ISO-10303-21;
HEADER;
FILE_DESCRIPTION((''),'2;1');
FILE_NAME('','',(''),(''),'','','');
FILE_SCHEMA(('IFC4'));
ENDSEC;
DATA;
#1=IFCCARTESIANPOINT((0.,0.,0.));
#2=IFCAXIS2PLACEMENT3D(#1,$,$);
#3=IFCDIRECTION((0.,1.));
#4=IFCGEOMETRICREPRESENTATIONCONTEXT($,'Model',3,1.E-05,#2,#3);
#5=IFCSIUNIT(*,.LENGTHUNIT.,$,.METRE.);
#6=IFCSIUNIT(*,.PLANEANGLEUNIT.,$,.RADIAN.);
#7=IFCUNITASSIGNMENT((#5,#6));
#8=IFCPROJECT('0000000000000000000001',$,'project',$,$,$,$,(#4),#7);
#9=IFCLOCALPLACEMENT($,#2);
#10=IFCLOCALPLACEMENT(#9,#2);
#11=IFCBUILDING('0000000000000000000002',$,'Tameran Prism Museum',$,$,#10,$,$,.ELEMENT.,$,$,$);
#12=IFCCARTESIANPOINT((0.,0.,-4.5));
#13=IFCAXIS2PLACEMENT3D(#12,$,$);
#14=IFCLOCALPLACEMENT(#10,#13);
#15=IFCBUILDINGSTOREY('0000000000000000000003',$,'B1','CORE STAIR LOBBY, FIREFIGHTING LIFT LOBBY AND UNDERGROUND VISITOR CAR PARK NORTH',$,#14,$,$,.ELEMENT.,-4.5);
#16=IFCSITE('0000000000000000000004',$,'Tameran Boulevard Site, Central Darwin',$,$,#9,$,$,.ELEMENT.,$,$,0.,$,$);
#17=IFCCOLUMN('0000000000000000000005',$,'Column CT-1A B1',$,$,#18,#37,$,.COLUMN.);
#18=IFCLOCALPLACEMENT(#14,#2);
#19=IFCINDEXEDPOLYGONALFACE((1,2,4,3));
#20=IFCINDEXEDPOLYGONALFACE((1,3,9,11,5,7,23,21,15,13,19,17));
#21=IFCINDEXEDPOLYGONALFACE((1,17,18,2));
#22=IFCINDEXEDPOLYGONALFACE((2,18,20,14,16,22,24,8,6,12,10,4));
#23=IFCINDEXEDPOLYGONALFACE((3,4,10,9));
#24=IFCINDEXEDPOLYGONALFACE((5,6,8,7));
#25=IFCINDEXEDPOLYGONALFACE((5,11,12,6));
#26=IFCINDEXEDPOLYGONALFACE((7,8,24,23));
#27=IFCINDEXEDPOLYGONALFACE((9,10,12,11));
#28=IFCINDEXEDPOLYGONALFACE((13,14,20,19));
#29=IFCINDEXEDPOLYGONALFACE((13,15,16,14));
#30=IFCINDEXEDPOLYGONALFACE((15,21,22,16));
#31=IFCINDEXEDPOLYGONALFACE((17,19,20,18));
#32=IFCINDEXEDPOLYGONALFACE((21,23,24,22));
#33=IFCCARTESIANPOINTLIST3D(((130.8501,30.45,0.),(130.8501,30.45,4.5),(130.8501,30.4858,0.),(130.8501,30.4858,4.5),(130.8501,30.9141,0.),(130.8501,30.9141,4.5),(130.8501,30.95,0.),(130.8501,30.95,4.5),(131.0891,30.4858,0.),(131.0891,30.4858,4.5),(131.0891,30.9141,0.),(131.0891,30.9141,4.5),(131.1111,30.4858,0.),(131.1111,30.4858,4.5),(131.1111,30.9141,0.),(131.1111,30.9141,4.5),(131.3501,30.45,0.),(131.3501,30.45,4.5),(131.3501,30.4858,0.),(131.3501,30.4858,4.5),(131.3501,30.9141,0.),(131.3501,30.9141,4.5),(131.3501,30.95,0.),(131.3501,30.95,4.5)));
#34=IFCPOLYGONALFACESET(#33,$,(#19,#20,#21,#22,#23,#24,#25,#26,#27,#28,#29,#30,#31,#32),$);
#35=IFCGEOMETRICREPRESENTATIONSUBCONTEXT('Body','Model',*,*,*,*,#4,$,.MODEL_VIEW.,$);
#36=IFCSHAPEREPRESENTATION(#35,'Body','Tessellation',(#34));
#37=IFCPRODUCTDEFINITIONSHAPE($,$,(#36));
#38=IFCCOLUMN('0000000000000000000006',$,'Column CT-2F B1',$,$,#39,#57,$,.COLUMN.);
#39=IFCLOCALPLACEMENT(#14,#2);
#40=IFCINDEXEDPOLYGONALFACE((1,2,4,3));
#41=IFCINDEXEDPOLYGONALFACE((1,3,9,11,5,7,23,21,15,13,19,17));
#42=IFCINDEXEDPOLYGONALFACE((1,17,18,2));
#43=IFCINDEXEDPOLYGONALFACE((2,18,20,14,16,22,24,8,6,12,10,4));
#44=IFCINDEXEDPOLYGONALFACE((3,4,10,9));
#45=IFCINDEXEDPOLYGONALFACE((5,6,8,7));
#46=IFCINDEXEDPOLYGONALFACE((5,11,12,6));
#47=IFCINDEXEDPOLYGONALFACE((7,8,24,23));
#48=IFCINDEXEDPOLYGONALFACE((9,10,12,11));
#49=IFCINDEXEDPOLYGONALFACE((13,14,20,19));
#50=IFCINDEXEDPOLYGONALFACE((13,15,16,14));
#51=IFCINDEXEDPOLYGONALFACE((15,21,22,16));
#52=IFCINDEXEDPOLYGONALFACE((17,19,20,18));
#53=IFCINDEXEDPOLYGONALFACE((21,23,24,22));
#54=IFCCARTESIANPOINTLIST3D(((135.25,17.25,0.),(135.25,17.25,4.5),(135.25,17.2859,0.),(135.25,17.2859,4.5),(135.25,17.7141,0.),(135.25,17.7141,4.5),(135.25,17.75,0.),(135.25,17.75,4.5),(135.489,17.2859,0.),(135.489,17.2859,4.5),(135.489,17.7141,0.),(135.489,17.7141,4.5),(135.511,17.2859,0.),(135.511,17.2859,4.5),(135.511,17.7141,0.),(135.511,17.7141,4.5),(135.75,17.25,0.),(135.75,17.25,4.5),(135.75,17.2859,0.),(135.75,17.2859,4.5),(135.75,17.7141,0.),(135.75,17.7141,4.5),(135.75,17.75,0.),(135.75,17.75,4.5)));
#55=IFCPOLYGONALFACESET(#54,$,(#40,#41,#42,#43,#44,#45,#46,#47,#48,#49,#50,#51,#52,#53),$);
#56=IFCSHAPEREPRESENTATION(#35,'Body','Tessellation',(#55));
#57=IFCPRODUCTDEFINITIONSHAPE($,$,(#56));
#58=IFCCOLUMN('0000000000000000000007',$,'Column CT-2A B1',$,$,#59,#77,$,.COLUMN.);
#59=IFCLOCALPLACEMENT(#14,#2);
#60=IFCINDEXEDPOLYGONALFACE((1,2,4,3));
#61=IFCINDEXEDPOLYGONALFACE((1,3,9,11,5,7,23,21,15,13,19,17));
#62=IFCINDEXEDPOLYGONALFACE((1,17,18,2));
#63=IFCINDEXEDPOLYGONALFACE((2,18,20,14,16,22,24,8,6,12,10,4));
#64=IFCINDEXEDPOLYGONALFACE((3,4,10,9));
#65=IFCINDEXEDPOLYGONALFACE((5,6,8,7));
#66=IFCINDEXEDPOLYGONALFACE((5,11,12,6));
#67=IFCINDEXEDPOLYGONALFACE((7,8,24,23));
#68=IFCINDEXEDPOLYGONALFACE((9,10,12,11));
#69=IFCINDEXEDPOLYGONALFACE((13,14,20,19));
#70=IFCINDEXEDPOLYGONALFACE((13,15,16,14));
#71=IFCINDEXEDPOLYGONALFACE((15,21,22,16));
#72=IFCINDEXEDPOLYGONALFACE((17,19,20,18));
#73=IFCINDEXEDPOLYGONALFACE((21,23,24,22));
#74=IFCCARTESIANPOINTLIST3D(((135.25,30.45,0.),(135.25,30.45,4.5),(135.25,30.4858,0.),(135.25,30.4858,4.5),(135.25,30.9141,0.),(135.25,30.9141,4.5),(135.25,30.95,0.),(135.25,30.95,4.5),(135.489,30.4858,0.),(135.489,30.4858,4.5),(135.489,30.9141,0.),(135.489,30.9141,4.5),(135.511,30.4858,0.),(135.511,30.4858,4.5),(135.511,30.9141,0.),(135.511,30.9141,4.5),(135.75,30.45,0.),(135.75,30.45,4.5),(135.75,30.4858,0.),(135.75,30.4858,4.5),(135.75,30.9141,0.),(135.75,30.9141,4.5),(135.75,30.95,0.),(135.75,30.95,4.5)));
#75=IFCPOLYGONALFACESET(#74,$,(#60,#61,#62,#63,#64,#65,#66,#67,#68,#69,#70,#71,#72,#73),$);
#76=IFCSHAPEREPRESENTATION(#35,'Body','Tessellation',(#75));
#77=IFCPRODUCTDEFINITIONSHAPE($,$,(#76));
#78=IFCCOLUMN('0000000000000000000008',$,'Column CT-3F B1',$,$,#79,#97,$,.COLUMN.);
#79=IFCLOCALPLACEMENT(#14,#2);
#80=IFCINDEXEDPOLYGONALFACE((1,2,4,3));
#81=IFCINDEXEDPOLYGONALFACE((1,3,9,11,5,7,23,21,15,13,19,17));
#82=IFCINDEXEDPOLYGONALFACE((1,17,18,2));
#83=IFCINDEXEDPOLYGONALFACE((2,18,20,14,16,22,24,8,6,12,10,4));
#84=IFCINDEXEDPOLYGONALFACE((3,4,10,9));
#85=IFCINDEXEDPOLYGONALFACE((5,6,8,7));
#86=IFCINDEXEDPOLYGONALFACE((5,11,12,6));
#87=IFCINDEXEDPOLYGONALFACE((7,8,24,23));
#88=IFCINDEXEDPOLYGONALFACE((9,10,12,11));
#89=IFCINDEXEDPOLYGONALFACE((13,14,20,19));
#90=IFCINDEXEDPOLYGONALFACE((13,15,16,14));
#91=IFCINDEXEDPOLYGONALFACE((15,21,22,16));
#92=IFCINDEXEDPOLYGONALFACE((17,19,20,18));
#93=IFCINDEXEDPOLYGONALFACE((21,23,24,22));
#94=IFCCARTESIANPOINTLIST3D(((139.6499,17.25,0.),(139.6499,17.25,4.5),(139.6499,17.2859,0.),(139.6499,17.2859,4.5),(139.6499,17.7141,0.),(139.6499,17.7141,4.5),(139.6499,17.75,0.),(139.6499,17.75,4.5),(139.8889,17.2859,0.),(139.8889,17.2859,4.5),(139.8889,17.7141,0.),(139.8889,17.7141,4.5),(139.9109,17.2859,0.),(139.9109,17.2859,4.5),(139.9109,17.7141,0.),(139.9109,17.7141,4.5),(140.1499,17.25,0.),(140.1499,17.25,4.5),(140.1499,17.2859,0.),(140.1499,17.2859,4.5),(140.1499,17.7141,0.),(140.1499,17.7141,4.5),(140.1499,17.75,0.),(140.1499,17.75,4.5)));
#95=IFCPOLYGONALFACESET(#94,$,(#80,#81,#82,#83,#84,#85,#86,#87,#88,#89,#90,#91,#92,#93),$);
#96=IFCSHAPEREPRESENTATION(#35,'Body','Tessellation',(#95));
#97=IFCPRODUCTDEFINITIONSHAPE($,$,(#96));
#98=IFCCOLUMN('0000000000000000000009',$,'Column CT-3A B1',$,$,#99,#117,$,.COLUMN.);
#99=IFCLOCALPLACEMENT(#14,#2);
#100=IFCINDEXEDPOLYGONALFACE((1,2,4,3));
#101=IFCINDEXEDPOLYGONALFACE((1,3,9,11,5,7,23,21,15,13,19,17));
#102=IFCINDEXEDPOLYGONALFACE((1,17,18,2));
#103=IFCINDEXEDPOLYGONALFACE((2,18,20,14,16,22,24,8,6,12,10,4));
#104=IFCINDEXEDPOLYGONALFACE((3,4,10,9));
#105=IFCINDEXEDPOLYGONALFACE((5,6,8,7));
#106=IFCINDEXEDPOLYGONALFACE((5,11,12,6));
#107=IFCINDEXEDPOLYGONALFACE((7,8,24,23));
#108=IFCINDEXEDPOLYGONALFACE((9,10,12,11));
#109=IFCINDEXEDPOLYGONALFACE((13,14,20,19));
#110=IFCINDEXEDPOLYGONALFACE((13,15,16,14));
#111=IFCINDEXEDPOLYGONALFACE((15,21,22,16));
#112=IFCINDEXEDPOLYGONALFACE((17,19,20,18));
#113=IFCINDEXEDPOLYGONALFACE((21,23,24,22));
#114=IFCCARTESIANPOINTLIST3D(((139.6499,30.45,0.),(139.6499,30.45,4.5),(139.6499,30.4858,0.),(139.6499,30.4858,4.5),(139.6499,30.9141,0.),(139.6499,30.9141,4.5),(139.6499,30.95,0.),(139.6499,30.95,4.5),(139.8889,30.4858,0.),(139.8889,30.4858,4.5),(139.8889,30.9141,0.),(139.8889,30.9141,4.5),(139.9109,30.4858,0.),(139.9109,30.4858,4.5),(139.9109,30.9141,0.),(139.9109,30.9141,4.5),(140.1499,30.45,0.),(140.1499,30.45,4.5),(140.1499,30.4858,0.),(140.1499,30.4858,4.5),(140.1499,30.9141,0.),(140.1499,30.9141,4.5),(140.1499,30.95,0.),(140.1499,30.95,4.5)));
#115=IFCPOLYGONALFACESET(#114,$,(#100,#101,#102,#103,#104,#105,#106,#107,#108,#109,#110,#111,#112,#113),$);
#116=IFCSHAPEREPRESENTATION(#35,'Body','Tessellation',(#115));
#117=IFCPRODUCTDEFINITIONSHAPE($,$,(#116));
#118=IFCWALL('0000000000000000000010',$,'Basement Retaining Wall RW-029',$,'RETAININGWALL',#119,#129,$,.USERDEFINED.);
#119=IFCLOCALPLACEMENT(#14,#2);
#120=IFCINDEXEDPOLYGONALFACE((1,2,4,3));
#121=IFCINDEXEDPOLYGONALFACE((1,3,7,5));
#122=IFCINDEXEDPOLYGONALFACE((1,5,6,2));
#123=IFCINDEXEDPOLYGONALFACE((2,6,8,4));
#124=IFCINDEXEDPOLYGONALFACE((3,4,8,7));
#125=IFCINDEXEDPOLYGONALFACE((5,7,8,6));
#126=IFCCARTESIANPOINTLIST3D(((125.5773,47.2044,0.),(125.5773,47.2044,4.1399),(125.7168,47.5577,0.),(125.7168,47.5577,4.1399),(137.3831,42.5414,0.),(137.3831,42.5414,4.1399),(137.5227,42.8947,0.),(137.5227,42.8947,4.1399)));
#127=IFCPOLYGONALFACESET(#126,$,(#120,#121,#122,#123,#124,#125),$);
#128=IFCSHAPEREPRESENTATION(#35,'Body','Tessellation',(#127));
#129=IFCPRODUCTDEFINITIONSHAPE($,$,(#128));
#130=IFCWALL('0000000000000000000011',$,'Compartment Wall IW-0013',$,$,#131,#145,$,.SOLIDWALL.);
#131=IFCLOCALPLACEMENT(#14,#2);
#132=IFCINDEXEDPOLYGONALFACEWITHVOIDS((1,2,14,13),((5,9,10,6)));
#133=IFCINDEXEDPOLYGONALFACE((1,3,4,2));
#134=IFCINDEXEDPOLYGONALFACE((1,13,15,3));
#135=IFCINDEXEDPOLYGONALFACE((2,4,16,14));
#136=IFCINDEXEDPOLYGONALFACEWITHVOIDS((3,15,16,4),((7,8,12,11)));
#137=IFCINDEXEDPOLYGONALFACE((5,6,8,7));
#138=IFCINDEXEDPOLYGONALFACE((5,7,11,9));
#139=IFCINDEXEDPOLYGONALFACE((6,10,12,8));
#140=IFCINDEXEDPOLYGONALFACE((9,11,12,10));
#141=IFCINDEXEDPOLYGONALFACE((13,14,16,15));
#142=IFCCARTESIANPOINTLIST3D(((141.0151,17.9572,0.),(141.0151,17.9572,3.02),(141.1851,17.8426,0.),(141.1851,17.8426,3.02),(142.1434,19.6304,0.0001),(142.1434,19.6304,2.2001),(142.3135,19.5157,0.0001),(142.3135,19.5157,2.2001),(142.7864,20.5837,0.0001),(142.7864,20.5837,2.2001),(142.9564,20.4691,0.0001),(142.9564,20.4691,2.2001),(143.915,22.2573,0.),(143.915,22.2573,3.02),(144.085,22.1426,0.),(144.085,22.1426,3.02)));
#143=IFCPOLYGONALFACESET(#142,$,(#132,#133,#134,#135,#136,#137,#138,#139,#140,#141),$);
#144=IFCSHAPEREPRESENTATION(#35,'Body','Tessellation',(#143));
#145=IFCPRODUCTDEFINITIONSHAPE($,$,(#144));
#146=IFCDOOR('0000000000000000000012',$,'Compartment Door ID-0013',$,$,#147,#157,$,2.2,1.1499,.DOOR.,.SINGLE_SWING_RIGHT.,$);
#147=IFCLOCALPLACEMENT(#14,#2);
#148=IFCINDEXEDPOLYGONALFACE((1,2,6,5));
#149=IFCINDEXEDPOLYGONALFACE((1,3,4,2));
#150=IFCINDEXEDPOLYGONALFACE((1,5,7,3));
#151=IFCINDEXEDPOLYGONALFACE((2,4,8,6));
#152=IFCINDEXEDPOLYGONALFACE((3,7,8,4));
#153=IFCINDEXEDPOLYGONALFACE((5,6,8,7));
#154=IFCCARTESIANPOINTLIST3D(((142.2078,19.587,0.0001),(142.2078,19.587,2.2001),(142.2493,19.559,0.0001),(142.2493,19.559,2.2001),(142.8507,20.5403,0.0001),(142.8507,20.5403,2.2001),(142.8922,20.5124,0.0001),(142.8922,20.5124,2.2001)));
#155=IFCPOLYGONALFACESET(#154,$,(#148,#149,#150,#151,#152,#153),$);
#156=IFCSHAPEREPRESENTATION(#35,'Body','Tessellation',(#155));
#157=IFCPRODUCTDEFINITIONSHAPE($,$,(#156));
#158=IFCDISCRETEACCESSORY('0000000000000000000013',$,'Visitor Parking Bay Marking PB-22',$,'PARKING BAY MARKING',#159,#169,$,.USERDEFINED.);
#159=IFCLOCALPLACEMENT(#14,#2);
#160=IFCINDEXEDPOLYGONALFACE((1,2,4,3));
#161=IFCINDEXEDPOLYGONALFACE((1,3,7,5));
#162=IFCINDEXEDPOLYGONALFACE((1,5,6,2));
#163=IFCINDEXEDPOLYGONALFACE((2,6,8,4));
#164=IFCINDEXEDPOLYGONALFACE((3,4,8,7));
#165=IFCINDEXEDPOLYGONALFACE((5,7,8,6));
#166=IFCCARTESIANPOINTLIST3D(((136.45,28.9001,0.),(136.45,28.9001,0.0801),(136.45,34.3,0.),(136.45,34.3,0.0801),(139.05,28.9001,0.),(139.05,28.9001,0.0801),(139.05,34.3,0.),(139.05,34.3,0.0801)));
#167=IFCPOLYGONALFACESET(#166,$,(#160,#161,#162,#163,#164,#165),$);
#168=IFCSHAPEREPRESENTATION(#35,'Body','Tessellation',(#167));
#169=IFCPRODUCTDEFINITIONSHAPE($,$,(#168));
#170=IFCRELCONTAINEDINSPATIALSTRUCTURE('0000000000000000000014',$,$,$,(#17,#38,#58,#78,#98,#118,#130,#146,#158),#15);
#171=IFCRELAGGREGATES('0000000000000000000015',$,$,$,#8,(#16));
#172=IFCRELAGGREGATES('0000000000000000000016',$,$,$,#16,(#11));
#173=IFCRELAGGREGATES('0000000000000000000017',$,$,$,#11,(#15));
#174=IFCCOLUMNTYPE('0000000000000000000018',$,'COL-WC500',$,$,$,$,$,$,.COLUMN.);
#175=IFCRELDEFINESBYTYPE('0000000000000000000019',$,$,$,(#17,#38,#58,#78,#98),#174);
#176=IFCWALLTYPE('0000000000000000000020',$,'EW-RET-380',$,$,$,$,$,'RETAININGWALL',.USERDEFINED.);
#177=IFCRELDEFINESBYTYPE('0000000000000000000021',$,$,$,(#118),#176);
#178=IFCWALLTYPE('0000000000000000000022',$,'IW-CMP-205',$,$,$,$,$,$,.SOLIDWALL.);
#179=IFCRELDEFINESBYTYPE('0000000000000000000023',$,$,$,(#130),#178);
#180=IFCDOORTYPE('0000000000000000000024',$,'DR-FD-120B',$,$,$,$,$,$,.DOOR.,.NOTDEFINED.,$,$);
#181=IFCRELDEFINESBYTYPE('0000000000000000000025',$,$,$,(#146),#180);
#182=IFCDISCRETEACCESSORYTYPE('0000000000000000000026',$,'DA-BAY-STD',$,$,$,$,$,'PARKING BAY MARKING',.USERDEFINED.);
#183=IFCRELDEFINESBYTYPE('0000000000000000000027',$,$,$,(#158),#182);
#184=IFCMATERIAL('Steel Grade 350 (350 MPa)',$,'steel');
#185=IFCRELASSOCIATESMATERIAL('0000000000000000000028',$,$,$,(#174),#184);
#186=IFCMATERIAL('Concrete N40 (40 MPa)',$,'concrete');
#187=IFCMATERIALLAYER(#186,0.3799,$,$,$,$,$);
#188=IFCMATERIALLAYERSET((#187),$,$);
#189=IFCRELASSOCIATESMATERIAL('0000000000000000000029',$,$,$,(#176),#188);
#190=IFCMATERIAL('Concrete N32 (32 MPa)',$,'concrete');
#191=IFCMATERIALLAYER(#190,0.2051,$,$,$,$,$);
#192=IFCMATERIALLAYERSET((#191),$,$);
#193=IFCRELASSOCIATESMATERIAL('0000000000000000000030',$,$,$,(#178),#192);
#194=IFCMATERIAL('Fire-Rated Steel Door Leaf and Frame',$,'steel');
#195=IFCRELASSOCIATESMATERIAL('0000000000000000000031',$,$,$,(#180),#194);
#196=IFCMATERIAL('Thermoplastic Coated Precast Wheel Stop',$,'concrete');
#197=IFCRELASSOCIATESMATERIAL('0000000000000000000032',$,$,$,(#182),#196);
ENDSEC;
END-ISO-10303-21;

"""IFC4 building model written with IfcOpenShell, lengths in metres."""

from ifc_helpers import new_model, si_unit, direction, frame, frame_2d, origin, origin_2d, place, context, subcontext, project, spatial, rectangle, i_section, extrude, material, layer, layer_set, material_profile, profile_set, type_object, element, fill, save


model = new_model("IFC4")

# Units and contexts
model_context = context("Model", 3, precision=1e-05, world=origin(), true_north=direction((0.0, 1.0)))
body_context = subcontext(model_context, "Body", "Model", "MODEL_VIEW")
ifc_project = project(units=[si_unit("LENGTHUNIT", "METRE"), si_unit("PLANEANGLEUNIT", "RADIAN")], contexts=[model_context])

# Site, building, storey
site_placement = place(None, origin())
site = spatial("IfcSite", under=ifc_project, at=site_placement, Name="Tameran Boulevard Site, Central Darwin", CompositionType="ELEMENT", RefElevation=0.0)
building_placement = place(site_placement, origin())
building = spatial("IfcBuilding", under=site, at=building_placement, Name="Tameran Prism Museum", CompositionType="ELEMENT")
storey_placement = place(building_placement, frame((0.0, 0.0, -4.5)))
storey = spatial("IfcBuildingStorey", under=building, at=storey_placement, Name="B1", Description="CORE STAIR LOBBY, FIREFIGHTING LIFT LOBBY AND UNDERGROUND VISITOR CAR PARK NORTH", CompositionType="ELEMENT", Elevation=-4.5)

# Columns
ifc_material_1 = material(Name="Steel Grade 350 (350 MPa)", Category="steel")
ifc_material_profile_1 = material_profile(ifc_material_1, i_section(OverallWidth=0.5, OverallDepth=0.5, WebThickness=0.022, FlangeThickness=0.0359, at=origin_2d()))
ifc_profile_set_1 = profile_set([ifc_material_profile_1])
column_type_1 = type_object("IfcColumnType", Name="COL-WC500", PredefinedType="COLUMN", material=ifc_profile_set_1)
for number, where, z_axis, x_axis, name in (
    (1, (131.1001, 30.7, 0.0), (0.0, 0.0, 1.0), (1.0, 0.0, 0.0), "Column CT-1A B1"),
    (2, (135.5, 17.5, 0.0), (0.0, 0.0, 1.0), (1.0, 0.0, 0.0), "Column CT-2F B1"),
    (3, (135.5, 30.7, 0.0), (0.0, 0.0, 1.0), (1.0, 0.0, 0.0), "Column CT-2A B1"),
    (4, (139.8999, 17.5, 0.0), (0.0, 0.0, 1.0), (1.0, 0.0, 0.0), "Column CT-3F B1"),
    (5, (139.8999, 30.7, 0.0), (0.0, 0.0, 1.0), (1.0, 0.0, 0.0), "Column CT-3A B1"),
):
    element("IfcColumn", number, at=place(storey_placement, frame(where, z_axis=z_axis, x_axis=x_axis)), inside=storey, type_object=column_type_1, Name=name, PredefinedType="COLUMN", context=body_context, shape_type="SweptSolid", body=[
        extrude(i_section(OverallWidth=0.5, OverallDepth=0.5, WebThickness=0.022, FlangeThickness=0.0359, at=origin_2d()), origin(), (0.0, 0.0, 1.0), 4.5),
    ])

# Wall
ifc_material_2 = material(Name="Concrete N40 (40 MPa)", Category="concrete")
ifc_layer_1 = layer(ifc_material_2, 0.3799)
ifc_layer_set_1 = layer_set([ifc_layer_1])
wall_type_1 = type_object("IfcWallType", Name="EW-RET-380", ElementType="RETAININGWALL", PredefinedType="USERDEFINED", material=ifc_layer_set_1)
wall_1_placement = place(storey_placement, frame((137.4529, 42.718, 0.0), z_axis=(0.0, 0.0, 1.0), x_axis=(-0.930078, 0.367361, 0.0)))
element("IfcWall", 6, at=wall_1_placement, inside=storey, type_object=wall_type_1, Name="Basement Retaining Wall RW-029", ObjectType="RETAININGWALL", PredefinedType="USERDEFINED", context=body_context, shape_type="SweptSolid", body=[
    extrude(rectangle(XDim=12.6934, YDim=0.3799, at=frame_2d((6.3467, 0.0))), origin(), (0.0, 0.0, 1.0), 4.1399),
])

# Wall, opening, door
ifc_material_3 = material(Name="Concrete N32 (32 MPa)", Category="concrete")
ifc_layer_2 = layer(ifc_material_3, 0.2051)
ifc_layer_set_2 = layer_set([ifc_layer_2])
wall_type_2 = type_object("IfcWallType", Name="IW-CMP-205", PredefinedType="SOLIDWALL", material=ifc_layer_set_2)
wall_2_placement = place(storey_placement, frame((141.1001, 17.8999, 0.0), z_axis=(0.0, 0.0, 1.0), x_axis=(0.559124, 0.829084, 0.0)))
wall_2 = element("IfcWall", 7, at=wall_2_placement, inside=storey, type_object=wall_type_2, Name="Compartment Wall IW-0013", PredefinedType="SOLIDWALL", context=body_context, shape_type="SweptSolid", body=[
    extrude(rectangle(XDim=5.1865, YDim=0.2051, at=frame_2d((2.5933, 0.0))), origin(), (0.0, 0.0, 1.0), 3.02),
])
opening_placement = place(wall_2_placement, frame((2.0181, 0.0, 0.0)))
opening = element("IfcOpeningElement", 8, at=opening_placement, cuts=wall_2, PredefinedType="OPENING", context=body_context, shape_type="SweptSolid", body=[
    extrude(rectangle(XDim=1.1499, YDim=2.2, at=frame_2d((0.575, 1.1001))), frame((0.0, 0.1125, 0.0), z_axis=(0.0, -1.0, 0.0), x_axis=(1.0, 0.0, 0.0)), (0.0, 0.0, 1.0), 0.2251),
])
ifc_material_4 = material(Name="Fire-Rated Steel Door Leaf and Frame", Category="steel")
door_type = type_object("IfcDoorType", Name="DR-FD-120B", OperationType="NOTDEFINED", PredefinedType="DOOR", material=ifc_material_4)
door_placement = place(opening_placement, origin())
door = element("IfcDoor", 9, at=door_placement, inside=storey, type_object=door_type, Name="Compartment Door ID-0013", OperationType="SINGLE_SWING_RIGHT", OverallHeight=2.2, OverallWidth=1.1499, PredefinedType="DOOR", context=body_context, shape_type="SweptSolid", body=[
    extrude(rectangle(XDim=1.1499, YDim=2.2, at=frame_2d((0.575, 1.1001))), frame((0.0, 0.0249, 0.0), z_axis=(0.0, -1.0, 0.0), x_axis=(1.0, 0.0, 0.0)), (0.0, 0.0, 1.0), 0.05),
])
fill(opening, door)

# Discrete accessory
ifc_material_5 = material(Name="Thermoplastic Coated Precast Wheel Stop", Category="concrete")
discrete_accessory_type = type_object("IfcDiscreteAccessoryType", Name="DA-BAY-STD", ElementType="PARKING BAY MARKING", PredefinedType="USERDEFINED", material=ifc_material_5)
discrete_accessory_placement = place(storey_placement, frame((137.75, 31.6001, 0.0), z_axis=(0.0, 0.0, 1.0), x_axis=(1.0, 0.0, 0.0)))
element("IfcDiscreteAccessory", 10, at=discrete_accessory_placement, inside=storey, type_object=discrete_accessory_type, Name="Visitor Parking Bay Marking PB-22", ObjectType="PARKING BAY MARKING", PredefinedType="USERDEFINED", context=body_context, shape_type="SweptSolid", body=[
    extrude(rectangle(XDim=2.6001, YDim=5.3999, at=origin_2d()), origin(), (0.0, 0.0, 1.0), 0.0801),
])

save(model, "model.ifc")
